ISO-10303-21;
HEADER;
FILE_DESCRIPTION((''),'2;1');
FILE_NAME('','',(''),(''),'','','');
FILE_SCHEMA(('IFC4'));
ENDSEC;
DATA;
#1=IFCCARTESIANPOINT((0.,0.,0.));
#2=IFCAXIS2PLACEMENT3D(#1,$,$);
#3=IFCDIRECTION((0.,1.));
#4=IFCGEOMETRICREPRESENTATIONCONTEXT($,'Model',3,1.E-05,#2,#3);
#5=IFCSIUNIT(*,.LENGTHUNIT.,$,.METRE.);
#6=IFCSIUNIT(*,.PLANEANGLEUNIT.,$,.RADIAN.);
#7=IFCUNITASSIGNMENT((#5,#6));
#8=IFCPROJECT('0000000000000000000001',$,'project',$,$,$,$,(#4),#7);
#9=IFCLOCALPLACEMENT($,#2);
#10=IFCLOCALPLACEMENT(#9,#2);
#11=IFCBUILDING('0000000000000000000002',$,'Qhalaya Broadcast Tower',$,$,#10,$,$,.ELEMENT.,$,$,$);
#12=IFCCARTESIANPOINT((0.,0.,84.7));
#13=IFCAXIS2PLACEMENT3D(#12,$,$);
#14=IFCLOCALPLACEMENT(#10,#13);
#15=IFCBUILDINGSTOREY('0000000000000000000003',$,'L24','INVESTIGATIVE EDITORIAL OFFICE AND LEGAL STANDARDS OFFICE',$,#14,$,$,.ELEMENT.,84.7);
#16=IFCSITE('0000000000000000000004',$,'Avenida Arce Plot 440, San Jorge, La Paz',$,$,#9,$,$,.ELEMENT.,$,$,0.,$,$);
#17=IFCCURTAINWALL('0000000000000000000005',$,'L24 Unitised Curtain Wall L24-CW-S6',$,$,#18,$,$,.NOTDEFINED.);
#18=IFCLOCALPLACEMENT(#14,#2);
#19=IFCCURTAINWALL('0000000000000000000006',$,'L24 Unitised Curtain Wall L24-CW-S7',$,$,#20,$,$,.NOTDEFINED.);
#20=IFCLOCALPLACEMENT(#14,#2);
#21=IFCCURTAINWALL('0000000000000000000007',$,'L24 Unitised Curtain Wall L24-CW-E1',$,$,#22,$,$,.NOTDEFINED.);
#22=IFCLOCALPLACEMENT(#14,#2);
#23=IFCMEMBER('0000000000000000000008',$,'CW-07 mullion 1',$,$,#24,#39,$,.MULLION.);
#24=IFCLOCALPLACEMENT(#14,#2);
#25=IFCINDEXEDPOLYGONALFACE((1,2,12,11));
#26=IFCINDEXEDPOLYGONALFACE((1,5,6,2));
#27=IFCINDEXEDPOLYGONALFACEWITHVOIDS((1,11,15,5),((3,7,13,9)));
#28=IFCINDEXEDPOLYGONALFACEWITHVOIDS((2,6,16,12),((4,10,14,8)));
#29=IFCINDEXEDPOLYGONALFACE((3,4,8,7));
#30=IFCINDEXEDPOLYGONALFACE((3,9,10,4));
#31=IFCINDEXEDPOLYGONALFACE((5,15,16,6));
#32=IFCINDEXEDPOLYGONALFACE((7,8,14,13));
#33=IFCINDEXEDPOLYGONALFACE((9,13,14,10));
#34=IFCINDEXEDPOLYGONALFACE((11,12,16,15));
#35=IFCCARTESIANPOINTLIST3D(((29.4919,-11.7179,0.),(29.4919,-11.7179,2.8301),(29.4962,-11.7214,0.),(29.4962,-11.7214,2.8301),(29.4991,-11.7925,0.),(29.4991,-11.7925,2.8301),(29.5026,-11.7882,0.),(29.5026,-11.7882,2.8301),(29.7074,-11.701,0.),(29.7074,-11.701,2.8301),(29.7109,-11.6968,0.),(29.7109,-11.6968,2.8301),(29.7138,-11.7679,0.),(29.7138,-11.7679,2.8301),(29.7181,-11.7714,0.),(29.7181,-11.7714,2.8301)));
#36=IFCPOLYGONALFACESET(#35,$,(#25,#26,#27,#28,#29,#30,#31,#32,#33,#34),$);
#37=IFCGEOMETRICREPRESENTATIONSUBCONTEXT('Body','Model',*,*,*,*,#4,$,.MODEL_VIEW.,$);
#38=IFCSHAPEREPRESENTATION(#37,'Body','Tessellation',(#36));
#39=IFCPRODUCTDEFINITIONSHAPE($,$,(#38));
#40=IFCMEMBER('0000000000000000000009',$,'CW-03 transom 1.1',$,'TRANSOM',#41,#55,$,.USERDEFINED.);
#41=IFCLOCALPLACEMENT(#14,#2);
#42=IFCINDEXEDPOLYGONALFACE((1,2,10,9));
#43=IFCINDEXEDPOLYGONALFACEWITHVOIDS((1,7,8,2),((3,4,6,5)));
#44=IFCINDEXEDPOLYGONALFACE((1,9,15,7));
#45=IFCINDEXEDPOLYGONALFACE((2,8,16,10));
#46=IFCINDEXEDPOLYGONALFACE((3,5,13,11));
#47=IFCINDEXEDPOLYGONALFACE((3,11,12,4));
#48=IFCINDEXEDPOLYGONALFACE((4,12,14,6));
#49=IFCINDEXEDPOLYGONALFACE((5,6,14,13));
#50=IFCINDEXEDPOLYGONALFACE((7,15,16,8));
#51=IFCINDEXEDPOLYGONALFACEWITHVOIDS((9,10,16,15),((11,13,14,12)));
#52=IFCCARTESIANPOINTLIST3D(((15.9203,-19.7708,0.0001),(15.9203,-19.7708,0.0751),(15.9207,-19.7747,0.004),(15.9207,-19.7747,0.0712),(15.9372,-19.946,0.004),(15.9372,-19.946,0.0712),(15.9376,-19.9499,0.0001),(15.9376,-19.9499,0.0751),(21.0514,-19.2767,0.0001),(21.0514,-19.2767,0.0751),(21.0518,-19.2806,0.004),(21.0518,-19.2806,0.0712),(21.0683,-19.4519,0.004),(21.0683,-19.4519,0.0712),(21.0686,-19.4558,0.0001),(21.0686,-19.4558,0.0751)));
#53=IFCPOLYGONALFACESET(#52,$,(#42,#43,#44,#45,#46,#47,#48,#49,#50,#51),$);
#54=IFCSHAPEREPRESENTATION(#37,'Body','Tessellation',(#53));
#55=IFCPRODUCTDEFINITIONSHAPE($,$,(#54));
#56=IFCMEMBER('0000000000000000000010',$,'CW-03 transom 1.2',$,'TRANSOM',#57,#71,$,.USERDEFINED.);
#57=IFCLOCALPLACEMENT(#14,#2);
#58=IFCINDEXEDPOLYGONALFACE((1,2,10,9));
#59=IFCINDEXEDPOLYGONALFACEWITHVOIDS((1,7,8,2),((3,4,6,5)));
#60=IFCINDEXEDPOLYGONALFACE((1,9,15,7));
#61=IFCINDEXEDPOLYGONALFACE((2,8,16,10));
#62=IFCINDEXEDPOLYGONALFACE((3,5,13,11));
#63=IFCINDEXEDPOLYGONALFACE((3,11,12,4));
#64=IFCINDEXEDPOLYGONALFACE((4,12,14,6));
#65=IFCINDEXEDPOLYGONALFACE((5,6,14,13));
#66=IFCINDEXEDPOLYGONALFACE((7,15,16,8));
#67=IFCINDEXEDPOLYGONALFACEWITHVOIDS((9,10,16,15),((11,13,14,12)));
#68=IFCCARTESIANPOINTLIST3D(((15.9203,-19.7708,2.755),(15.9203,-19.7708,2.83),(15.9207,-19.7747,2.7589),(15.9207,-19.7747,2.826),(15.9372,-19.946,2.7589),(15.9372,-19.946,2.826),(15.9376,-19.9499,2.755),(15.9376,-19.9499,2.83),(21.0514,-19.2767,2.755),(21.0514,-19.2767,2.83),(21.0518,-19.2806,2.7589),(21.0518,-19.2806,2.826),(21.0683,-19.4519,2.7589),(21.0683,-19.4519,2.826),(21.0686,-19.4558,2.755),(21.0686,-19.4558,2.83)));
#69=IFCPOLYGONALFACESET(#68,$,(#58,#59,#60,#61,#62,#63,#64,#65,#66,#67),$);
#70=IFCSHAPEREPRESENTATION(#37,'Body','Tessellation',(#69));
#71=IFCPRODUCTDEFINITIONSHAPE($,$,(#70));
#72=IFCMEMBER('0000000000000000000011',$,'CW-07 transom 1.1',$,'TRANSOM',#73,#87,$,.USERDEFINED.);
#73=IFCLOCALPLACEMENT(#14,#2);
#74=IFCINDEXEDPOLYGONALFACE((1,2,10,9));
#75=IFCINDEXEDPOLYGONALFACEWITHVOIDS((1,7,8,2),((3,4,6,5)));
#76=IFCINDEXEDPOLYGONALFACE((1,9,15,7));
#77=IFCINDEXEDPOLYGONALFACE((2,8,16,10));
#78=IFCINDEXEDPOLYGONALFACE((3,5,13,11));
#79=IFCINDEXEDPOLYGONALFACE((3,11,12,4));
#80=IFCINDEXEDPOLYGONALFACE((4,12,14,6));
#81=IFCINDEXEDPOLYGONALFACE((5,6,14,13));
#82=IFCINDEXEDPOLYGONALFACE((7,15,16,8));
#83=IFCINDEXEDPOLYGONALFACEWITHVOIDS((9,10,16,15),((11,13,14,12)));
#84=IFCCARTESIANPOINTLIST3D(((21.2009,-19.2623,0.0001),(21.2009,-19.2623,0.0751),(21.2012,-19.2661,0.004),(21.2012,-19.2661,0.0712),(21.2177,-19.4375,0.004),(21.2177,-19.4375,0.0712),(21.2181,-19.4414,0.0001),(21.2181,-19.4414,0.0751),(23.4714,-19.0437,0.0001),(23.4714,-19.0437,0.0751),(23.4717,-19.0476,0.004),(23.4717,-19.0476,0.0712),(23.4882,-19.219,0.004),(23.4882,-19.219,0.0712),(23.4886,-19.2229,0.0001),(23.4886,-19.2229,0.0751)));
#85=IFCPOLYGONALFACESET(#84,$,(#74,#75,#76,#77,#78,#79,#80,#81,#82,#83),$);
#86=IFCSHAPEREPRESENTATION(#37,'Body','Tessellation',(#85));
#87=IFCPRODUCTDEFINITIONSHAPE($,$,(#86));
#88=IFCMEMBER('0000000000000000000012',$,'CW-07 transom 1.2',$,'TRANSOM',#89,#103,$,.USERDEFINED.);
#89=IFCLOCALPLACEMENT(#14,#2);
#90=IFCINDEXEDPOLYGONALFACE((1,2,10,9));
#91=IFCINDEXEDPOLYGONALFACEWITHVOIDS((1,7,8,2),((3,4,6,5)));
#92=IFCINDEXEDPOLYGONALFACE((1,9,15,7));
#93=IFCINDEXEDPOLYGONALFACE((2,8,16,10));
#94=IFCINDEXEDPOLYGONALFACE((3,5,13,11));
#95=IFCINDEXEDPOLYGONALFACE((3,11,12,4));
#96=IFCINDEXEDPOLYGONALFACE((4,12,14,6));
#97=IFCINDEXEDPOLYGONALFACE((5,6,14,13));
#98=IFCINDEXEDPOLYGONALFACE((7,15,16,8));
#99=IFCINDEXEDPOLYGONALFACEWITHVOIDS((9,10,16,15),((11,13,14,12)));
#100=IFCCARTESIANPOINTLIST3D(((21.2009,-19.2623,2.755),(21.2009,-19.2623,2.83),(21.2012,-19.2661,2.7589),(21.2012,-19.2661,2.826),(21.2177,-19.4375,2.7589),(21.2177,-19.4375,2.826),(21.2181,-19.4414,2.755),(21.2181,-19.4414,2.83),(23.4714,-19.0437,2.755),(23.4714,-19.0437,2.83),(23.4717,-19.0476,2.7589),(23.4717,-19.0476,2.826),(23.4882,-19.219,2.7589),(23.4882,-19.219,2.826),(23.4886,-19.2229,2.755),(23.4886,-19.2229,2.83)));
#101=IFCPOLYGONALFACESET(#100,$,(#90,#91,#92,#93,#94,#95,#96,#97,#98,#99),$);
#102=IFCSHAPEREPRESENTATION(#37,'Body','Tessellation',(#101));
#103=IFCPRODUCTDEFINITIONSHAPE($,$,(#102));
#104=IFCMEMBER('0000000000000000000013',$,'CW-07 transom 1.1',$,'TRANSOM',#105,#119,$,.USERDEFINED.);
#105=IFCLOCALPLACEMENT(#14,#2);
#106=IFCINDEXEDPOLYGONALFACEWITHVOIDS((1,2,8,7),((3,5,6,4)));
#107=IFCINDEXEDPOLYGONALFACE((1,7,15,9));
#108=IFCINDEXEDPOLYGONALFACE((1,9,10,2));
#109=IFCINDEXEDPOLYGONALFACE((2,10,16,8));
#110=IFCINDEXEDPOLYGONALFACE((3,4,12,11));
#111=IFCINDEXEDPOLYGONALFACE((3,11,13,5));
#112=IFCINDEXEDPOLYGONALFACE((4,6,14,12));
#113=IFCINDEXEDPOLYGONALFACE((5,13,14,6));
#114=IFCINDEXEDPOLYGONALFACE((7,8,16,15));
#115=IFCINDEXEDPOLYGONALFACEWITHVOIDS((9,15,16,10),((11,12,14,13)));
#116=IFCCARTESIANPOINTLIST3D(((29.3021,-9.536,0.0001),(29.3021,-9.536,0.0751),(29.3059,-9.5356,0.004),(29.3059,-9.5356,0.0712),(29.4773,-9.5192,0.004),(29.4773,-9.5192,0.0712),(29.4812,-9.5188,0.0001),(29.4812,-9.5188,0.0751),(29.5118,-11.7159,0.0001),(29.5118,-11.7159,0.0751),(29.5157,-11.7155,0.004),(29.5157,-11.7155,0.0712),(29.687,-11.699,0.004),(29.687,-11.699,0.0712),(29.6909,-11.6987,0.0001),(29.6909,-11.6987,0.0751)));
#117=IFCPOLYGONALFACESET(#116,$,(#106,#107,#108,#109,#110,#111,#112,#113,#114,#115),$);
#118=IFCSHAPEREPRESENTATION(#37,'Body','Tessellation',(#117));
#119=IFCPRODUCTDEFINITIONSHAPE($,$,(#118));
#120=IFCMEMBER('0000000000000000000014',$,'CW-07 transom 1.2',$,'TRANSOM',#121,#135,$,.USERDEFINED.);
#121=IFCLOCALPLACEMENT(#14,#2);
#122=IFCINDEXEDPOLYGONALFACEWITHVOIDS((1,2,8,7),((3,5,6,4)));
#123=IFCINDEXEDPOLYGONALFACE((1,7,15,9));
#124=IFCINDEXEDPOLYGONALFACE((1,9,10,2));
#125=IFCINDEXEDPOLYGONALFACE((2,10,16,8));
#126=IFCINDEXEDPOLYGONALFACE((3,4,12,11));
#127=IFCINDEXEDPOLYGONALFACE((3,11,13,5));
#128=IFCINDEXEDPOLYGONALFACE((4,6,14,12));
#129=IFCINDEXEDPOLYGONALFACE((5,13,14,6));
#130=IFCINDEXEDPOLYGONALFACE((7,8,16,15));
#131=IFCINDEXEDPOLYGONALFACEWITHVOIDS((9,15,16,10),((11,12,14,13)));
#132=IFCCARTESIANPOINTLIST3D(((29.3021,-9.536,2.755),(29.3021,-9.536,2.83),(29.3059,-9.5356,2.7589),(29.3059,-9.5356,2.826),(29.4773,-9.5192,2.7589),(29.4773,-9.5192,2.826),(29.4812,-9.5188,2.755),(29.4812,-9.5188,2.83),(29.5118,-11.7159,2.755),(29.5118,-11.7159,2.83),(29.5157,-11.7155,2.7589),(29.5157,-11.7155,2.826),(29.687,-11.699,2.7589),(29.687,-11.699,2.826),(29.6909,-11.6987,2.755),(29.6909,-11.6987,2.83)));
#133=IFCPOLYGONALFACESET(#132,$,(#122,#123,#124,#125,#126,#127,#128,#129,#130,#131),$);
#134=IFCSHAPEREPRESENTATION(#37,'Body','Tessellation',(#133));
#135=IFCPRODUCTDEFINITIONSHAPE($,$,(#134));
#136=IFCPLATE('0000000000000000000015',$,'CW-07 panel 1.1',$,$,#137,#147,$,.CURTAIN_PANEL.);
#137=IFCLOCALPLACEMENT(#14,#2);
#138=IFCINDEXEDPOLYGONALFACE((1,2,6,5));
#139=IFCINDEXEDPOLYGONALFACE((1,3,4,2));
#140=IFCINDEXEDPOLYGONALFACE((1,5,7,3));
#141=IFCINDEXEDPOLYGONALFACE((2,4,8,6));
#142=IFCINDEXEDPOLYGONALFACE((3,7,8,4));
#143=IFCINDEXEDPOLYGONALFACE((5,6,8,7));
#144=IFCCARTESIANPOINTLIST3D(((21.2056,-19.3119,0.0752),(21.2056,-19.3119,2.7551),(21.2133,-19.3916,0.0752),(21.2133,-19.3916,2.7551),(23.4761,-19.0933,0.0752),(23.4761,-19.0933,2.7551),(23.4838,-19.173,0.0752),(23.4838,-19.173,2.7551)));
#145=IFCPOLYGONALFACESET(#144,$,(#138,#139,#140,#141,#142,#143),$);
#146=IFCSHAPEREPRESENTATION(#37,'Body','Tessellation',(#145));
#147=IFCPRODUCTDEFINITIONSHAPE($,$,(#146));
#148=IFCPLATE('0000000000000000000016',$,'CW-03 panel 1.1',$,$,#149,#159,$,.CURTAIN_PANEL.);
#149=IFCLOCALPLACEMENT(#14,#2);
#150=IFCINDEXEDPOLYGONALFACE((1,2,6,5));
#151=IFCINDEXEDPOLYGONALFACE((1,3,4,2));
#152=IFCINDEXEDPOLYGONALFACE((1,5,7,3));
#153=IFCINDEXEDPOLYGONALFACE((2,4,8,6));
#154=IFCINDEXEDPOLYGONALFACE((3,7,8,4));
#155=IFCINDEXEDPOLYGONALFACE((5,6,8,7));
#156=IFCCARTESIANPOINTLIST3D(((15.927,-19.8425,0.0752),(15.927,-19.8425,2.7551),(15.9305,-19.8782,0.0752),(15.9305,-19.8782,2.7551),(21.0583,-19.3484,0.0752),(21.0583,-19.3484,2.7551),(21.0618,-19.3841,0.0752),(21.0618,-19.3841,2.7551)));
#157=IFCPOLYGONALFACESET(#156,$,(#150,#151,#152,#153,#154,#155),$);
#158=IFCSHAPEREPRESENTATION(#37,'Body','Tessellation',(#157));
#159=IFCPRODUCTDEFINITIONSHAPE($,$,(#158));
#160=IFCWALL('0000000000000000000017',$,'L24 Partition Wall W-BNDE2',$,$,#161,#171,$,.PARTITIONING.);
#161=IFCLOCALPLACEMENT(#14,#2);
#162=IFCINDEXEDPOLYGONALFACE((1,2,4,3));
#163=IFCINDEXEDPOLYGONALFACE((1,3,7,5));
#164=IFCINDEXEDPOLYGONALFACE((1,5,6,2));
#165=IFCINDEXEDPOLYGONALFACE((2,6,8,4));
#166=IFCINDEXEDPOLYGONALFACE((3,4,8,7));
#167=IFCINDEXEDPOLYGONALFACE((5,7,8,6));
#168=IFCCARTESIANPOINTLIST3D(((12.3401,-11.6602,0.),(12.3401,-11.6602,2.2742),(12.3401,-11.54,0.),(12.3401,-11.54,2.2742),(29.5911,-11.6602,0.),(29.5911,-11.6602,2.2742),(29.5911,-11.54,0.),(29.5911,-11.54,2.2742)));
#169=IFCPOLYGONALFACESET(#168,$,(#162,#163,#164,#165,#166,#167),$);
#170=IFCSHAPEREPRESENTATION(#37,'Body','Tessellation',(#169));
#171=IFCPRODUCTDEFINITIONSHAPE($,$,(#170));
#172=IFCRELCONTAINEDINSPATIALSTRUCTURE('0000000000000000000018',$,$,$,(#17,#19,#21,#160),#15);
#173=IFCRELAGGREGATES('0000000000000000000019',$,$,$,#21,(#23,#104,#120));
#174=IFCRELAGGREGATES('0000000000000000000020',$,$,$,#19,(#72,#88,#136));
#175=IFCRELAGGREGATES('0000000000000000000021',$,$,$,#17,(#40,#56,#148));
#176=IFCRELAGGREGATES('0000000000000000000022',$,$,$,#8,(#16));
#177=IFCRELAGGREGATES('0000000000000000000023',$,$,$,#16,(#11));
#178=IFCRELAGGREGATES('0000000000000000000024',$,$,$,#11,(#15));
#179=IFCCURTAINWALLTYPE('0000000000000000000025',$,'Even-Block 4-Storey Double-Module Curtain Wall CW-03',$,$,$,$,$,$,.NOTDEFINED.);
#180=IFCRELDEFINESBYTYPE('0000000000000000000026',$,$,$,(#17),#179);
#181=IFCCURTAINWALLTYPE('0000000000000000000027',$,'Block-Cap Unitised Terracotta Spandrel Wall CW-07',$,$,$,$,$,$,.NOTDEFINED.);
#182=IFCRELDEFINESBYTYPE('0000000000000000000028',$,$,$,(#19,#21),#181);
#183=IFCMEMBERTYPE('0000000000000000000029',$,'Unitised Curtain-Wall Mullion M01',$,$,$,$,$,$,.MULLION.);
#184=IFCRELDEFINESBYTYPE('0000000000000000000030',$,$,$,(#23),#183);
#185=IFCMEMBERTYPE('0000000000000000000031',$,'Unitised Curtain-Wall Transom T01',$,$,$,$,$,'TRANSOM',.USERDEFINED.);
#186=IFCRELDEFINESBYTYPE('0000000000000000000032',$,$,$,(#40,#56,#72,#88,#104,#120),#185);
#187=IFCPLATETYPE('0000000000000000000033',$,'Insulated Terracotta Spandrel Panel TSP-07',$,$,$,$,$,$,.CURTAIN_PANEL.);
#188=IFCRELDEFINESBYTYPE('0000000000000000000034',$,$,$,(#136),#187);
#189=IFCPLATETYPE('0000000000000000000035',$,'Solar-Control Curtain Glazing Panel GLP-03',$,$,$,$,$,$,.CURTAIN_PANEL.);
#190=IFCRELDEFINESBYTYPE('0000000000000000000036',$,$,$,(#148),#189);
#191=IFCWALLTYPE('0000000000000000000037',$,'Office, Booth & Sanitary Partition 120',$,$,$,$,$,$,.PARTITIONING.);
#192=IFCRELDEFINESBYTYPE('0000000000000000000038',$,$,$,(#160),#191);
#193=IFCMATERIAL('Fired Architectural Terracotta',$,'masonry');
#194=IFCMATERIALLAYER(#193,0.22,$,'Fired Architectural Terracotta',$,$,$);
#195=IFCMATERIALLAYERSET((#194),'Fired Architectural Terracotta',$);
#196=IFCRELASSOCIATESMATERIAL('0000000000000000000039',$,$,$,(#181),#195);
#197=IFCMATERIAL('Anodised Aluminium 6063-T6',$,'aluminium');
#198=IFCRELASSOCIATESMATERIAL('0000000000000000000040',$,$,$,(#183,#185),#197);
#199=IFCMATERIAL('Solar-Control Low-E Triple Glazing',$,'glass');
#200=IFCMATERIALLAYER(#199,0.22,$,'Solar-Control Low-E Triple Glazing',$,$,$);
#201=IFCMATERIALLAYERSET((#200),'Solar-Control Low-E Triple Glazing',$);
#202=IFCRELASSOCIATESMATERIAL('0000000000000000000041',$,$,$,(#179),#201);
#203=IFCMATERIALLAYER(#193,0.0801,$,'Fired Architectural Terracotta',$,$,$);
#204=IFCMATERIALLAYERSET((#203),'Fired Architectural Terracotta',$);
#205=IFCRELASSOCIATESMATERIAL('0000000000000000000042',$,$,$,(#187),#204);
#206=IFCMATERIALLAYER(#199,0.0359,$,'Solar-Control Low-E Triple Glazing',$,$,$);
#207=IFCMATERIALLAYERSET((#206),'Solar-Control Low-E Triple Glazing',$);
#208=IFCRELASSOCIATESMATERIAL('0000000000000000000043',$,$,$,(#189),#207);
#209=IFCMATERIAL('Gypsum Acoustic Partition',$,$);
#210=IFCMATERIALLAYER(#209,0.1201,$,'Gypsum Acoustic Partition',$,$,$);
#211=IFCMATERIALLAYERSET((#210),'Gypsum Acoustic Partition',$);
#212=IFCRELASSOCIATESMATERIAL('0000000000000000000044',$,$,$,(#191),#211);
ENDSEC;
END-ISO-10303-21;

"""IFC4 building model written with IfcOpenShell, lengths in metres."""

from ifc_helpers import new_model, si_unit, direction, frame, frame_2d, origin, origin_2d, place, context, subcontext, project, spatial, rectangle, hollow_rectangle, extrude, material, layer, layer_set, material_profile, profile_set, type_object, element, aggregate, save


model = new_model("IFC4")

# Units and contexts
model_context = context("Model", 3, precision=1e-05, world=origin(), true_north=direction((0.0, 1.0)))
body_context = subcontext(model_context, "Body", "Model", "MODEL_VIEW")
ifc_project = project(units=[si_unit("LENGTHUNIT", "METRE"), si_unit("PLANEANGLEUNIT", "RADIAN")], contexts=[model_context])

# Site, building, storey
site_placement = place(None, origin())
site = spatial("IfcSite", under=ifc_project, at=site_placement, Name="Avenida Arce Plot 440, San Jorge, La Paz", CompositionType="ELEMENT", RefElevation=0.0)
building_placement = place(site_placement, origin())
building = spatial("IfcBuilding", under=site, at=building_placement, Name="Qhalaya Broadcast Tower", CompositionType="ELEMENT")
storey_placement = place(building_placement, frame((0.0, 0.0, 84.7)))
storey = spatial("IfcBuildingStorey", under=building, at=storey_placement, Name="L24", Description="INVESTIGATIVE EDITORIAL OFFICE AND LEGAL STANDARDS OFFICE", CompositionType="ELEMENT", Elevation=84.7)

# Shared definitions
ifc_material_1 = material(Name="Fired Architectural Terracotta", Category="masonry")
ifc_layer_1 = layer(ifc_material_1, 0.22, Name="Fired Architectural Terracotta")
ifc_layer_set_1 = layer_set([ifc_layer_1], Name="Fired Architectural Terracotta")
curtain_wall_type_1 = type_object("IfcCurtainWallType", Name="Block-Cap Unitised Terracotta Spandrel Wall CW-07", PredefinedType="NOTDEFINED", material=ifc_layer_set_1)
ifc_material_2 = material(Name="Anodised Aluminium 6063-T6", Category="aluminium")
ifc_material_profile_1 = material_profile(ifc_material_2, hollow_rectangle(XDim=0.075, YDim=0.22, WallThickness=0.0039, at=origin_2d()), Name="ALU-MUL 75x220x4")
ifc_profile_set_1 = profile_set([ifc_material_profile_1], Name="Anodised Aluminium 6063-T6")
member_type_1 = type_object("IfcMemberType", Name="Unitised Curtain-Wall Mullion M01", PredefinedType="MULLION", material=ifc_profile_set_1)

# Curtain walls
ifc_material_3 = material(Name="Solar-Control Low-E Triple Glazing", Category="glass")
ifc_layer_2 = layer(ifc_material_3, 0.22, Name="Solar-Control Low-E Triple Glazing")
ifc_layer_set_2 = layer_set([ifc_layer_2], Name="Solar-Control Low-E Triple Glazing")
curtain_wall_type_2 = type_object("IfcCurtainWallType", Name="Even-Block 4-Storey Double-Module Curtain Wall CW-03", PredefinedType="NOTDEFINED", material=ifc_layer_set_2)
curtain_wall_1_placement = place(storey_placement, origin())
curtain_wall_1 = element("IfcCurtainWall", 1, at=curtain_wall_1_placement, inside=storey, type_object=curtain_wall_type_2, Name="L24 Unitised Curtain Wall L24-CW-S6", PredefinedType="NOTDEFINED")
curtain_wall_2_placement = place(storey_placement, origin())
curtain_wall_2 = element("IfcCurtainWall", 2, at=curtain_wall_2_placement, inside=storey, type_object=curtain_wall_type_1, Name="L24 Unitised Curtain Wall L24-CW-S7", PredefinedType="NOTDEFINED")

# Curtain wall, member
curtain_wall_3_placement = place(storey_placement, origin())
curtain_wall_3 = element("IfcCurtainWall", 3, at=curtain_wall_3_placement, inside=storey, type_object=curtain_wall_type_1, Name="L24 Unitised Curtain Wall L24-CW-E1", PredefinedType="NOTDEFINED")
member_1_placement = place(storey_placement, frame((29.605, -11.7446, 0.0), z_axis=(0.0, 0.0, 1.0), x_axis=(-0.095856, 0.995395, 0.0)))
member_1 = element("IfcMember", 4, at=member_1_placement, type_object=member_type_1, Name="CW-07 mullion 1", PredefinedType="MULLION", context=body_context, shape_type="SweptSolid", body=[
    extrude(hollow_rectangle(XDim=0.075, YDim=0.22, WallThickness=0.0039, at=origin_2d()), origin(), (0.0, 0.0, 1.0), 2.8301),
])

# Members
ifc_material_profile_2 = material_profile(ifc_material_2, hollow_rectangle(XDim=0.075, YDim=0.1799, WallThickness=0.0039, at=origin_2d()), Name="ALU-TRN 75x180x4")
ifc_profile_set_2 = profile_set([ifc_material_profile_2], Name="Anodised Aluminium 6063-T6")
member_type_2 = type_object("IfcMemberType", Name="Unitised Curtain-Wall Transom T01", ElementType="TRANSOM", PredefinedType="USERDEFINED", material=ifc_profile_set_2)
member_2_placement = place(storey_placement, frame((15.929, -19.8604, 0.0376), z_axis=(0.995395, 0.09586, 0.0), x_axis=(0.0, 0.0, 1.0)))
member_2 = element("IfcMember", 5, at=member_2_placement, type_object=member_type_2, Name="CW-03 transom 1.1", ObjectType="TRANSOM", PredefinedType="USERDEFINED", context=body_context, shape_type="SweptSolid", body=[
    extrude(hollow_rectangle(XDim=0.075, YDim=0.1799, WallThickness=0.0039, at=origin_2d()), origin(), (0.0, 0.0, 1.0), 5.1548),
])
member_3_placement = place(storey_placement, frame((15.929, -19.8604, 2.7925), z_axis=(0.995395, 0.09586, 0.0), x_axis=(0.0, 0.0, 1.0)))
member_3 = element("IfcMember", 6, at=member_3_placement, type_object=member_type_2, Name="CW-03 transom 1.2", ObjectType="TRANSOM", PredefinedType="USERDEFINED", context=body_context, shape_type="SweptSolid", body=[
    extrude(hollow_rectangle(XDim=0.075, YDim=0.1799, WallThickness=0.0039, at=origin_2d()), origin(), (0.0, 0.0, 1.0), 5.1548),
])
member_4_placement = place(storey_placement, frame((21.2095, -19.3518, 0.0376), z_axis=(0.995401, 0.095794, 0.0), x_axis=(0.0, 0.0, 1.0)))
member_4 = element("IfcMember", 7, at=member_4_placement, type_object=member_type_2, Name="CW-07 transom 1.1", ObjectType="TRANSOM", PredefinedType="USERDEFINED", context=body_context, shape_type="SweptSolid", body=[
    extrude(hollow_rectangle(XDim=0.075, YDim=0.1799, WallThickness=0.0039, at=origin_2d()), origin(), (0.0, 0.0, 1.0), 2.281),
])
member_5_placement = place(storey_placement, frame((21.2095, -19.3518, 2.7925), z_axis=(0.995401, 0.095794, 0.0), x_axis=(0.0, 0.0, 1.0)))
member_5 = element("IfcMember", 8, at=member_5_placement, type_object=member_type_2, Name="CW-07 transom 1.2", ObjectType="TRANSOM", PredefinedType="USERDEFINED", context=body_context, shape_type="SweptSolid", body=[
    extrude(hollow_rectangle(XDim=0.075, YDim=0.1799, WallThickness=0.0039, at=origin_2d()), origin(), (0.0, 0.0, 1.0), 2.281),
])
member_6_placement = place(storey_placement, frame((29.6013, -11.7073, 0.0376), z_axis=(-0.095761, 0.995404, 0.0), x_axis=(0.0, 0.0, 1.0)))
member_6 = element("IfcMember", 9, at=member_6_placement, type_object=member_type_2, Name="CW-07 transom 1.1", ObjectType="TRANSOM", PredefinedType="USERDEFINED", context=body_context, shape_type="SweptSolid", body=[
    extrude(hollow_rectangle(XDim=0.075, YDim=0.1799, WallThickness=0.0039, at=origin_2d()), origin(), (0.0, 0.0, 1.0), 2.1899),
])
member_7_placement = place(storey_placement, frame((29.6013, -11.7073, 2.7925), z_axis=(-0.095761, 0.995404, 0.0), x_axis=(0.0, 0.0, 1.0)))
member_7 = element("IfcMember", 10, at=member_7_placement, type_object=member_type_2, Name="CW-07 transom 1.2", ObjectType="TRANSOM", PredefinedType="USERDEFINED", context=body_context, shape_type="SweptSolid", body=[
    extrude(hollow_rectangle(XDim=0.075, YDim=0.1799, WallThickness=0.0039, at=origin_2d()), origin(), (0.0, 0.0, 1.0), 2.1899),
])
aggregate(curtain_wall_3, [member_1, member_6, member_7])

# Plates
ifc_layer_3 = layer(ifc_material_1, 0.0801, Name="Fired Architectural Terracotta")
ifc_layer_set_3 = layer_set([ifc_layer_3], Name="Fired Architectural Terracotta")
plate_type_1 = type_object("IfcPlateType", Name="Insulated Terracotta Spandrel Panel TSP-07", PredefinedType="CURTAIN_PANEL", material=ifc_layer_set_3)
plate_1_placement = place(storey_placement, frame((22.3447, -19.2424, 0.0752), z_axis=(0.0, 0.0, 1.0), x_axis=(0.995396, 0.095846, 0.0)))
plate_1 = element("IfcPlate", 11, at=plate_1_placement, type_object=plate_type_1, Name="CW-07 panel 1.1", PredefinedType="CURTAIN_PANEL", context=body_context, shape_type="SweptSolid", body=[
    extrude(rectangle(XDim=2.281, YDim=0.0801, at=origin_2d()), origin(), (0.0, 0.0, 1.0), 2.6799),
])
aggregate(curtain_wall_2, [member_4, member_5, plate_1])
ifc_layer_4 = layer(ifc_material_3, 0.0359, Name="Solar-Control Low-E Triple Glazing")
ifc_layer_set_4 = layer_set([ifc_layer_4], Name="Solar-Control Low-E Triple Glazing")
plate_type_2 = type_object("IfcPlateType", Name="Solar-Control Curtain Glazing Panel GLP-03", PredefinedType="CURTAIN_PANEL", material=ifc_layer_set_4)
plate_2_placement = place(storey_placement, frame((18.4944, -19.6133, 0.0752), z_axis=(0.0, 0.0, 1.0), x_axis=(0.995396, 0.095852, 0.0)))
plate_2 = element("IfcPlate", 12, at=plate_2_placement, type_object=plate_type_2, Name="CW-03 panel 1.1", PredefinedType="CURTAIN_PANEL", context=body_context, shape_type="SweptSolid", body=[
    extrude(rectangle(XDim=5.155, YDim=0.0359, at=origin_2d()), origin(), (0.0, 0.0, 1.0), 2.6799),
])
aggregate(curtain_wall_1, [member_2, member_3, plate_2])

# Wall
ifc_material_4 = material(Name="Gypsum Acoustic Partition")
ifc_layer_5 = layer(ifc_material_4, 0.1201, Name="Gypsum Acoustic Partition")
ifc_layer_set_5 = layer_set([ifc_layer_5], Name="Gypsum Acoustic Partition")
wall_type = type_object("IfcWallType", Name="Office, Booth & Sanitary Partition 120", PredefinedType="PARTITIONING", material=ifc_layer_set_5)
wall_placement = place(storey_placement, frame((12.3401, -11.6001, 0.0), z_axis=(0.0, 0.0, 1.0), x_axis=(1.0, 0.0, 0.0)))
element("IfcWall", 13, at=wall_placement, inside=storey, type_object=wall_type, Name="L24 Partition Wall W-BNDE2", PredefinedType="PARTITIONING", context=body_context, shape_type="SweptSolid", body=[
    extrude(rectangle(XDim=17.251, YDim=0.1201, at=frame_2d((8.6255, 0.0))), origin(), (0.0, 0.0, 1.0), 2.2742),
])

save(model, "model.ifc")
